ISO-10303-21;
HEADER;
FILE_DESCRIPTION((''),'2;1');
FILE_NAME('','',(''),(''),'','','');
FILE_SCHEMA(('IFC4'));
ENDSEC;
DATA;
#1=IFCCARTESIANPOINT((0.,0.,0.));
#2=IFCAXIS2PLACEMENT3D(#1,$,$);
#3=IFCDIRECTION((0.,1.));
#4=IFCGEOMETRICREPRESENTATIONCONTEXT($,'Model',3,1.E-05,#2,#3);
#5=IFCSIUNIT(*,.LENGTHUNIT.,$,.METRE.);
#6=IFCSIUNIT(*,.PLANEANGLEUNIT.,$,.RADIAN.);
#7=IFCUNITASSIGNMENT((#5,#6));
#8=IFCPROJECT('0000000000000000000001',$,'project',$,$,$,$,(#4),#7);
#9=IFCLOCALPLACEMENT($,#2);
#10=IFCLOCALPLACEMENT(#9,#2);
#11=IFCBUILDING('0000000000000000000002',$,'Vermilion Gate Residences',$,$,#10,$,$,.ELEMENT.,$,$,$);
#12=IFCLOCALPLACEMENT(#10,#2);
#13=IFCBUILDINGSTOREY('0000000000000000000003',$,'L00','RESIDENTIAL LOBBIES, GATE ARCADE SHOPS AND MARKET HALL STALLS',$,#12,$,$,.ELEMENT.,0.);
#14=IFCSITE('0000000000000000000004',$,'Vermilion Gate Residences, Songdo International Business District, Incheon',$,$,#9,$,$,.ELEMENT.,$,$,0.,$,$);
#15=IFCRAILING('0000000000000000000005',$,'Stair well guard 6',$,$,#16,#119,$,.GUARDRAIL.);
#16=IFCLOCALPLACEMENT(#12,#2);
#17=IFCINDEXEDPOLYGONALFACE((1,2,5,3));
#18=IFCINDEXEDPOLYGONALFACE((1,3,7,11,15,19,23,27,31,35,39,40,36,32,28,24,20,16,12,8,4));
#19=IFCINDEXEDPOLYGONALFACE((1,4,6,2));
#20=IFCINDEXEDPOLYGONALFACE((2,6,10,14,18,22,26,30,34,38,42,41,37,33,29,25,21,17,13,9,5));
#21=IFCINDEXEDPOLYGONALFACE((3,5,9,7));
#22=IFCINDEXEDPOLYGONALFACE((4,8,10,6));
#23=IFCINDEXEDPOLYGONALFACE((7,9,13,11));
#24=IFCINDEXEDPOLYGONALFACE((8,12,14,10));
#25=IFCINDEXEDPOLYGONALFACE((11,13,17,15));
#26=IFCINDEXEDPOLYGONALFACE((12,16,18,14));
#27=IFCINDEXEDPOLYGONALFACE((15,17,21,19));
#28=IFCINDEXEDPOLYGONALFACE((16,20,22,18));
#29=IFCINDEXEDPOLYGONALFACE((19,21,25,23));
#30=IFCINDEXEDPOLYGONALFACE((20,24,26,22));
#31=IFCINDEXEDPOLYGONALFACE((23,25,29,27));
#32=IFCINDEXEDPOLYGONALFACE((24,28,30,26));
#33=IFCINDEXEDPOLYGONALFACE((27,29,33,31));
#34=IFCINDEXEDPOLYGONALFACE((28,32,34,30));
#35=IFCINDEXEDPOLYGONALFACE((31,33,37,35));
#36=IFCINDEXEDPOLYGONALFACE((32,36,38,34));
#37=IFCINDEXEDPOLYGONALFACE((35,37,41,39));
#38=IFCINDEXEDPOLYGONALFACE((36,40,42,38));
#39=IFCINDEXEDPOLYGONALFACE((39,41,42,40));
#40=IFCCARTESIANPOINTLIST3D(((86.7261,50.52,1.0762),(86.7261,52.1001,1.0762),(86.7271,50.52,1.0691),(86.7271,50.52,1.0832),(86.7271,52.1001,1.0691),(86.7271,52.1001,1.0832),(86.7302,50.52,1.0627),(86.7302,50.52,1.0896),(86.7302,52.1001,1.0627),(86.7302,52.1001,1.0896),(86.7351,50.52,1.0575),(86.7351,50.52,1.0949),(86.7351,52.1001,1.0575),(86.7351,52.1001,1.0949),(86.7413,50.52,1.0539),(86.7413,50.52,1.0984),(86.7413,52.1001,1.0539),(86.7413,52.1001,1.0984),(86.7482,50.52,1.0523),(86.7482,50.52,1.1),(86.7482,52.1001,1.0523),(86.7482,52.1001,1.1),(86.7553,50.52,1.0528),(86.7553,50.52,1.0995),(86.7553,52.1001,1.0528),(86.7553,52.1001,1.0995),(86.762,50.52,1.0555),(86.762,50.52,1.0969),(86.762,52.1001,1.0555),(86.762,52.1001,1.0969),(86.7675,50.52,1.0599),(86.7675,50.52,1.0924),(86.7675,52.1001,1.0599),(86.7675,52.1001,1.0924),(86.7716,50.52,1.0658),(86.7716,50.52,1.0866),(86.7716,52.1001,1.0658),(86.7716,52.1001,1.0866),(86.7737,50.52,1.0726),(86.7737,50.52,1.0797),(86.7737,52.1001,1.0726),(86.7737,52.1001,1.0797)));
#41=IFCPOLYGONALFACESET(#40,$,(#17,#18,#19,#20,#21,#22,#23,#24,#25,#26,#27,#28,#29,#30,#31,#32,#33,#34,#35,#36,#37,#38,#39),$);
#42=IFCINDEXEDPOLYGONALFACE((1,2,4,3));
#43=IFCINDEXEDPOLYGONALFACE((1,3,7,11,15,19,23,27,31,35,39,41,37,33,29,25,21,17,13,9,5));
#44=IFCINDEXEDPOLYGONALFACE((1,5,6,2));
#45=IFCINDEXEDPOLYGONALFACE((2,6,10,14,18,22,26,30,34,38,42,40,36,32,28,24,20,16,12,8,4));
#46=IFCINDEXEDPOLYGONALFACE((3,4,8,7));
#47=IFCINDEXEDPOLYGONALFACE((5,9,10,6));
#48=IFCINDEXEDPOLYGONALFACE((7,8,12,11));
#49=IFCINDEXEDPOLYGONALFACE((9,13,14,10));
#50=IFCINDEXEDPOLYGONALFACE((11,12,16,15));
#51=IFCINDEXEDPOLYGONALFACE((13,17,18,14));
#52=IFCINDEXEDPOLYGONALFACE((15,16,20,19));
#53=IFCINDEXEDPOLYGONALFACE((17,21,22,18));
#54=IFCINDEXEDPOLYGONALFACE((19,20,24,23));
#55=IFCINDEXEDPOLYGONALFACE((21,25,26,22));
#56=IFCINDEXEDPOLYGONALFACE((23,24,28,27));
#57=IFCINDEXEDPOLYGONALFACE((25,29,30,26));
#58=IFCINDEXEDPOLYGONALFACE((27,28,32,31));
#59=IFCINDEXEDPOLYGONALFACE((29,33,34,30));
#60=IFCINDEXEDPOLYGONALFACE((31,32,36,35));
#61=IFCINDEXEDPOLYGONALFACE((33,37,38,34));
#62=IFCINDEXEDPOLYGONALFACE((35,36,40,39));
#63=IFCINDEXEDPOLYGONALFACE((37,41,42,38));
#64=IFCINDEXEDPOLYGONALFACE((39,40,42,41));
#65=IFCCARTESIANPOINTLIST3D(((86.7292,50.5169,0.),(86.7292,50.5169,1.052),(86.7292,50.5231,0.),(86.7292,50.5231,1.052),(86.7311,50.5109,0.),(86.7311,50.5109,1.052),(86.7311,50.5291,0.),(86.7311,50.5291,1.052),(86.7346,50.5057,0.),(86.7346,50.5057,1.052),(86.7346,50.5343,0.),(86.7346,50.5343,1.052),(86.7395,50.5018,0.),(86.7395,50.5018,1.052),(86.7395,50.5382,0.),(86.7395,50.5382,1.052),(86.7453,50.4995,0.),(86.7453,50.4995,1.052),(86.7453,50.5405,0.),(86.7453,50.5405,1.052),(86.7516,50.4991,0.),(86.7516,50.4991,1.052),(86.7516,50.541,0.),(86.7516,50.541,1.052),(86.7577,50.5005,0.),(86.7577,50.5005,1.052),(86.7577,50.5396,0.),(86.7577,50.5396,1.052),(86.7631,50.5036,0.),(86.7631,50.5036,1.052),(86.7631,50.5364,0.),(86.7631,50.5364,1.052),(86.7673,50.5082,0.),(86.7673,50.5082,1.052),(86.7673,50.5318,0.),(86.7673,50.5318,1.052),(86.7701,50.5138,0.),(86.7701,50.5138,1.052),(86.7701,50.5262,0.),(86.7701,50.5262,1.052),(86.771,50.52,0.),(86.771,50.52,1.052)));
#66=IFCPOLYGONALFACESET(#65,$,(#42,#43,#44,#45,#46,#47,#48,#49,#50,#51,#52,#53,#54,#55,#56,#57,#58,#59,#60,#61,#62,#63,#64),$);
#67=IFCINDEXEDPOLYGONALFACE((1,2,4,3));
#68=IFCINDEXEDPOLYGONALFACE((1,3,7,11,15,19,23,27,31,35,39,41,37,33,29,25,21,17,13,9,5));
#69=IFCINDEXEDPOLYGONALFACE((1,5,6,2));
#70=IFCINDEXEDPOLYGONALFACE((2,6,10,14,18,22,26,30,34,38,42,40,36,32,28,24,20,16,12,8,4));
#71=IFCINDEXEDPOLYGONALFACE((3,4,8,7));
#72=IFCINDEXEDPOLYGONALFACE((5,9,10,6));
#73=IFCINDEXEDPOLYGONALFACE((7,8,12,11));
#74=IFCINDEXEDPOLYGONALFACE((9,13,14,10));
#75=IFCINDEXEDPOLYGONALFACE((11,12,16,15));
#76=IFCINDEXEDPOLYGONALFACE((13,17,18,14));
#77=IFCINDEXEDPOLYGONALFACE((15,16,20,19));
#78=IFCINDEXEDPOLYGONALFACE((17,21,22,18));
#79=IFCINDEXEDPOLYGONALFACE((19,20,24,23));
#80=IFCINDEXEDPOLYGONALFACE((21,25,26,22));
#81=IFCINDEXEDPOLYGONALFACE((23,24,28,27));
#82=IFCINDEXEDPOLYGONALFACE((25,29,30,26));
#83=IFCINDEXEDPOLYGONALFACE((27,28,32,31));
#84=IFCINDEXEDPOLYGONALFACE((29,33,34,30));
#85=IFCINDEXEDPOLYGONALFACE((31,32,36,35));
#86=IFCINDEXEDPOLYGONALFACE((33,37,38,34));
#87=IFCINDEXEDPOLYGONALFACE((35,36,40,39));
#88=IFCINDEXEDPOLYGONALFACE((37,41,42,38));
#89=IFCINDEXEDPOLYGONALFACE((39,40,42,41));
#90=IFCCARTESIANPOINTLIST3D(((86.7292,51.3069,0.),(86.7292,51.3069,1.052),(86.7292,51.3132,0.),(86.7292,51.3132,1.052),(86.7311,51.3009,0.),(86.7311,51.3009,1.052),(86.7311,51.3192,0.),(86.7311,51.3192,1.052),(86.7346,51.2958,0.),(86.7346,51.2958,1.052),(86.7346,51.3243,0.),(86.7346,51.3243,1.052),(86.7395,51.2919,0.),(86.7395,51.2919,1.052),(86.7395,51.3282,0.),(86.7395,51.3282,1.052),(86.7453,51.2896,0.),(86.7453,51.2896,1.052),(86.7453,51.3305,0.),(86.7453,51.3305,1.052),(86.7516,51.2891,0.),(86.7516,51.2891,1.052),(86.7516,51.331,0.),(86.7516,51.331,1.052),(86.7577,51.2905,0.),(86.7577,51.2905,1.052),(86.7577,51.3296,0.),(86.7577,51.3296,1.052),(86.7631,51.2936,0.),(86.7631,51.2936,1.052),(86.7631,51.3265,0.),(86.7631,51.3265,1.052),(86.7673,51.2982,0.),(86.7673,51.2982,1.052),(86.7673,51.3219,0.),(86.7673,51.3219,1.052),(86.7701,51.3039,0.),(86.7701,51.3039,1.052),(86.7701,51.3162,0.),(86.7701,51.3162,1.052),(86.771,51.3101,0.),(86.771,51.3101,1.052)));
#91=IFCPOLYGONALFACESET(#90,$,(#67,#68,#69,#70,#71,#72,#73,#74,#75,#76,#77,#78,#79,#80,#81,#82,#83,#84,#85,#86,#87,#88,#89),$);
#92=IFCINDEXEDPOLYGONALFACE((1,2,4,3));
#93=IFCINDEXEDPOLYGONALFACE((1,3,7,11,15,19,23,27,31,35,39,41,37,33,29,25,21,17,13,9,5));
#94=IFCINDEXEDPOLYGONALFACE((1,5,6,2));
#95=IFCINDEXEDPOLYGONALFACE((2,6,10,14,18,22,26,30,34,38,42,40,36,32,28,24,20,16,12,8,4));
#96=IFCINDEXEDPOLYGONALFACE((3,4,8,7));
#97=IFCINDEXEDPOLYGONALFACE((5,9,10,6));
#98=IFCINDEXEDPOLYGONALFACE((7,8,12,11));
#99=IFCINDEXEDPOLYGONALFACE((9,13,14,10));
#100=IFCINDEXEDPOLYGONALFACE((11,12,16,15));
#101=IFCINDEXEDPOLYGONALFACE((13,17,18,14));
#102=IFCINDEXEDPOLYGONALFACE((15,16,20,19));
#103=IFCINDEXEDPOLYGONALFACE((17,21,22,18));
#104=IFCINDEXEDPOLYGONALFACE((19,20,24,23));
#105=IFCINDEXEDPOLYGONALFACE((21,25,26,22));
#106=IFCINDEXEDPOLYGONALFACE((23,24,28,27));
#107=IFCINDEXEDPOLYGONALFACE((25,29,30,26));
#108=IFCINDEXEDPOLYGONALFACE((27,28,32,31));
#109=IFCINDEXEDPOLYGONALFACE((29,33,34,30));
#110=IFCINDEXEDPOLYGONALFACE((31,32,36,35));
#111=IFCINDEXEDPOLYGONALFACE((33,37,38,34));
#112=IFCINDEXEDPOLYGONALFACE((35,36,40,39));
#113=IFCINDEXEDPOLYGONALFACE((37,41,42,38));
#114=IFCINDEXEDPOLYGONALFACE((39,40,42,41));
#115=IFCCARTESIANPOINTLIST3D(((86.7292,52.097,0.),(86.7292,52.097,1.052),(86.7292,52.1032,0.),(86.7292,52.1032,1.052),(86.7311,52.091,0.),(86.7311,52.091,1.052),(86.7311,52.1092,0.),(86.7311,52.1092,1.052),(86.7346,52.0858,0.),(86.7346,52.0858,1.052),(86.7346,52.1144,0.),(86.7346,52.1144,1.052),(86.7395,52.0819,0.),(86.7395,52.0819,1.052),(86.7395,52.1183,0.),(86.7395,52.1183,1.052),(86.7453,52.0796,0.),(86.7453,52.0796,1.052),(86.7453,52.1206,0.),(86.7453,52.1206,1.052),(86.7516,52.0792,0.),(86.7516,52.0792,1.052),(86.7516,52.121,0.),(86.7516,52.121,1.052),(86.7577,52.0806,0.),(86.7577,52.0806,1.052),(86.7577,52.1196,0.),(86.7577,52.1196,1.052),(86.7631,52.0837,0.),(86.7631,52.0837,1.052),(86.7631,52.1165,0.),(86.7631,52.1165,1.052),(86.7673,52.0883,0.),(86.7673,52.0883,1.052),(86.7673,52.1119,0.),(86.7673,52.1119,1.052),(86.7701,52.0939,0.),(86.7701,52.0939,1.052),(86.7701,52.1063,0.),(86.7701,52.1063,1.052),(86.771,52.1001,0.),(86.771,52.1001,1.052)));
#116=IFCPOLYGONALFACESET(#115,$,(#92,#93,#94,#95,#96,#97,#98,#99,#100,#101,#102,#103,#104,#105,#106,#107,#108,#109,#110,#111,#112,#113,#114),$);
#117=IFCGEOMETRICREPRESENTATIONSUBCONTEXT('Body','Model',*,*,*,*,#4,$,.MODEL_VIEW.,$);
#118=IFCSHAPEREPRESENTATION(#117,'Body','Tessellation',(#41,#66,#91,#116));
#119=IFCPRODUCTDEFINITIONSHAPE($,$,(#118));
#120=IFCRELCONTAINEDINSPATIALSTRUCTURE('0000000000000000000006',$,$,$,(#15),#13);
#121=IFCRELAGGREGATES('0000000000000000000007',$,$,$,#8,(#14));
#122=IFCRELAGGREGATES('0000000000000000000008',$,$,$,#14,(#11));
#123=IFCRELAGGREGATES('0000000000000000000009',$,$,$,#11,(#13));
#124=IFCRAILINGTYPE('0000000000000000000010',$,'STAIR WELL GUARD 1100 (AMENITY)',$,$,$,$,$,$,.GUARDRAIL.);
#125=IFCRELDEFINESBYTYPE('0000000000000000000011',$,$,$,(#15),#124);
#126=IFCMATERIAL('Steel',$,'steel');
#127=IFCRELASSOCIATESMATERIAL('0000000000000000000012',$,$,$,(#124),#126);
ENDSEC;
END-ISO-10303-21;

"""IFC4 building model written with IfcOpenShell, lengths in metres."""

from ifc_helpers import new_model, si_unit, direction, frame, origin, origin_2d, place, context, subcontext, project, spatial, circle, extrude, material, type_object, element, save


model = new_model("IFC4")

# Units and contexts
model_context = context("Model", 3, precision=1e-05, world=origin(), true_north=direction((0.0, 1.0)))
body_context = subcontext(model_context, "Body", "Model", "MODEL_VIEW")
ifc_project = project(units=[si_unit("LENGTHUNIT", "METRE"), si_unit("PLANEANGLEUNIT", "RADIAN")], contexts=[model_context])

# Site, building, storey
site_placement = place(None, origin())
site = spatial("IfcSite", under=ifc_project, at=site_placement, Name="Vermilion Gate Residences, Songdo International Business District, Incheon", CompositionType="ELEMENT", RefElevation=0.0)
building_placement = place(site_placement, origin())
building = spatial("IfcBuilding", under=site, at=building_placement, Name="Vermilion Gate Residences", CompositionType="ELEMENT")
storey_placement = place(building_placement, origin())
storey = spatial("IfcBuildingStorey", under=building, at=storey_placement, Name="L00", Description="RESIDENTIAL LOBBIES, GATE ARCADE SHOPS AND MARKET HALL STALLS", CompositionType="ELEMENT", Elevation=0.0)

# Railing
ifc_material_1 = material(Name="Steel", Category="steel")
railing_type = type_object("IfcRailingType", Name="STAIR WELL GUARD 1100 (AMENITY)", PredefinedType="GUARDRAIL", material=ifc_material_1)
railing_1_placement = place(storey_placement, frame((86.75, 50.52, 0.0)))
element("IfcRailing", 1, at=railing_1_placement, inside=storey, type_object=railing_type, Name="Stair well guard 6", PredefinedType="GUARDRAIL", context=body_context, shape_type="SweptSolid", body=[
    extrude(circle(Radius=0.0239, at=origin_2d()), frame((0.0, 0.0, 1.0762), z_axis=(0.0, 1.0, 0.0), x_axis=(-1.0, 0.0, 0.0)), (0.0, 0.0, 1.0), 1.5801),
    extrude(circle(Radius=0.021, at=origin_2d()), origin(), (0.0, 0.0, 1.0), 1.052),
    extrude(circle(Radius=0.021, at=origin_2d()), frame((0.0, 0.79, 0.0)), (0.0, 0.0, 1.0), 1.052),
    extrude(circle(Radius=0.021, at=origin_2d()), frame((0.0, 1.5801, 0.0)), (0.0, 0.0, 1.0), 1.052),
])

save(model, "model.ifc")
